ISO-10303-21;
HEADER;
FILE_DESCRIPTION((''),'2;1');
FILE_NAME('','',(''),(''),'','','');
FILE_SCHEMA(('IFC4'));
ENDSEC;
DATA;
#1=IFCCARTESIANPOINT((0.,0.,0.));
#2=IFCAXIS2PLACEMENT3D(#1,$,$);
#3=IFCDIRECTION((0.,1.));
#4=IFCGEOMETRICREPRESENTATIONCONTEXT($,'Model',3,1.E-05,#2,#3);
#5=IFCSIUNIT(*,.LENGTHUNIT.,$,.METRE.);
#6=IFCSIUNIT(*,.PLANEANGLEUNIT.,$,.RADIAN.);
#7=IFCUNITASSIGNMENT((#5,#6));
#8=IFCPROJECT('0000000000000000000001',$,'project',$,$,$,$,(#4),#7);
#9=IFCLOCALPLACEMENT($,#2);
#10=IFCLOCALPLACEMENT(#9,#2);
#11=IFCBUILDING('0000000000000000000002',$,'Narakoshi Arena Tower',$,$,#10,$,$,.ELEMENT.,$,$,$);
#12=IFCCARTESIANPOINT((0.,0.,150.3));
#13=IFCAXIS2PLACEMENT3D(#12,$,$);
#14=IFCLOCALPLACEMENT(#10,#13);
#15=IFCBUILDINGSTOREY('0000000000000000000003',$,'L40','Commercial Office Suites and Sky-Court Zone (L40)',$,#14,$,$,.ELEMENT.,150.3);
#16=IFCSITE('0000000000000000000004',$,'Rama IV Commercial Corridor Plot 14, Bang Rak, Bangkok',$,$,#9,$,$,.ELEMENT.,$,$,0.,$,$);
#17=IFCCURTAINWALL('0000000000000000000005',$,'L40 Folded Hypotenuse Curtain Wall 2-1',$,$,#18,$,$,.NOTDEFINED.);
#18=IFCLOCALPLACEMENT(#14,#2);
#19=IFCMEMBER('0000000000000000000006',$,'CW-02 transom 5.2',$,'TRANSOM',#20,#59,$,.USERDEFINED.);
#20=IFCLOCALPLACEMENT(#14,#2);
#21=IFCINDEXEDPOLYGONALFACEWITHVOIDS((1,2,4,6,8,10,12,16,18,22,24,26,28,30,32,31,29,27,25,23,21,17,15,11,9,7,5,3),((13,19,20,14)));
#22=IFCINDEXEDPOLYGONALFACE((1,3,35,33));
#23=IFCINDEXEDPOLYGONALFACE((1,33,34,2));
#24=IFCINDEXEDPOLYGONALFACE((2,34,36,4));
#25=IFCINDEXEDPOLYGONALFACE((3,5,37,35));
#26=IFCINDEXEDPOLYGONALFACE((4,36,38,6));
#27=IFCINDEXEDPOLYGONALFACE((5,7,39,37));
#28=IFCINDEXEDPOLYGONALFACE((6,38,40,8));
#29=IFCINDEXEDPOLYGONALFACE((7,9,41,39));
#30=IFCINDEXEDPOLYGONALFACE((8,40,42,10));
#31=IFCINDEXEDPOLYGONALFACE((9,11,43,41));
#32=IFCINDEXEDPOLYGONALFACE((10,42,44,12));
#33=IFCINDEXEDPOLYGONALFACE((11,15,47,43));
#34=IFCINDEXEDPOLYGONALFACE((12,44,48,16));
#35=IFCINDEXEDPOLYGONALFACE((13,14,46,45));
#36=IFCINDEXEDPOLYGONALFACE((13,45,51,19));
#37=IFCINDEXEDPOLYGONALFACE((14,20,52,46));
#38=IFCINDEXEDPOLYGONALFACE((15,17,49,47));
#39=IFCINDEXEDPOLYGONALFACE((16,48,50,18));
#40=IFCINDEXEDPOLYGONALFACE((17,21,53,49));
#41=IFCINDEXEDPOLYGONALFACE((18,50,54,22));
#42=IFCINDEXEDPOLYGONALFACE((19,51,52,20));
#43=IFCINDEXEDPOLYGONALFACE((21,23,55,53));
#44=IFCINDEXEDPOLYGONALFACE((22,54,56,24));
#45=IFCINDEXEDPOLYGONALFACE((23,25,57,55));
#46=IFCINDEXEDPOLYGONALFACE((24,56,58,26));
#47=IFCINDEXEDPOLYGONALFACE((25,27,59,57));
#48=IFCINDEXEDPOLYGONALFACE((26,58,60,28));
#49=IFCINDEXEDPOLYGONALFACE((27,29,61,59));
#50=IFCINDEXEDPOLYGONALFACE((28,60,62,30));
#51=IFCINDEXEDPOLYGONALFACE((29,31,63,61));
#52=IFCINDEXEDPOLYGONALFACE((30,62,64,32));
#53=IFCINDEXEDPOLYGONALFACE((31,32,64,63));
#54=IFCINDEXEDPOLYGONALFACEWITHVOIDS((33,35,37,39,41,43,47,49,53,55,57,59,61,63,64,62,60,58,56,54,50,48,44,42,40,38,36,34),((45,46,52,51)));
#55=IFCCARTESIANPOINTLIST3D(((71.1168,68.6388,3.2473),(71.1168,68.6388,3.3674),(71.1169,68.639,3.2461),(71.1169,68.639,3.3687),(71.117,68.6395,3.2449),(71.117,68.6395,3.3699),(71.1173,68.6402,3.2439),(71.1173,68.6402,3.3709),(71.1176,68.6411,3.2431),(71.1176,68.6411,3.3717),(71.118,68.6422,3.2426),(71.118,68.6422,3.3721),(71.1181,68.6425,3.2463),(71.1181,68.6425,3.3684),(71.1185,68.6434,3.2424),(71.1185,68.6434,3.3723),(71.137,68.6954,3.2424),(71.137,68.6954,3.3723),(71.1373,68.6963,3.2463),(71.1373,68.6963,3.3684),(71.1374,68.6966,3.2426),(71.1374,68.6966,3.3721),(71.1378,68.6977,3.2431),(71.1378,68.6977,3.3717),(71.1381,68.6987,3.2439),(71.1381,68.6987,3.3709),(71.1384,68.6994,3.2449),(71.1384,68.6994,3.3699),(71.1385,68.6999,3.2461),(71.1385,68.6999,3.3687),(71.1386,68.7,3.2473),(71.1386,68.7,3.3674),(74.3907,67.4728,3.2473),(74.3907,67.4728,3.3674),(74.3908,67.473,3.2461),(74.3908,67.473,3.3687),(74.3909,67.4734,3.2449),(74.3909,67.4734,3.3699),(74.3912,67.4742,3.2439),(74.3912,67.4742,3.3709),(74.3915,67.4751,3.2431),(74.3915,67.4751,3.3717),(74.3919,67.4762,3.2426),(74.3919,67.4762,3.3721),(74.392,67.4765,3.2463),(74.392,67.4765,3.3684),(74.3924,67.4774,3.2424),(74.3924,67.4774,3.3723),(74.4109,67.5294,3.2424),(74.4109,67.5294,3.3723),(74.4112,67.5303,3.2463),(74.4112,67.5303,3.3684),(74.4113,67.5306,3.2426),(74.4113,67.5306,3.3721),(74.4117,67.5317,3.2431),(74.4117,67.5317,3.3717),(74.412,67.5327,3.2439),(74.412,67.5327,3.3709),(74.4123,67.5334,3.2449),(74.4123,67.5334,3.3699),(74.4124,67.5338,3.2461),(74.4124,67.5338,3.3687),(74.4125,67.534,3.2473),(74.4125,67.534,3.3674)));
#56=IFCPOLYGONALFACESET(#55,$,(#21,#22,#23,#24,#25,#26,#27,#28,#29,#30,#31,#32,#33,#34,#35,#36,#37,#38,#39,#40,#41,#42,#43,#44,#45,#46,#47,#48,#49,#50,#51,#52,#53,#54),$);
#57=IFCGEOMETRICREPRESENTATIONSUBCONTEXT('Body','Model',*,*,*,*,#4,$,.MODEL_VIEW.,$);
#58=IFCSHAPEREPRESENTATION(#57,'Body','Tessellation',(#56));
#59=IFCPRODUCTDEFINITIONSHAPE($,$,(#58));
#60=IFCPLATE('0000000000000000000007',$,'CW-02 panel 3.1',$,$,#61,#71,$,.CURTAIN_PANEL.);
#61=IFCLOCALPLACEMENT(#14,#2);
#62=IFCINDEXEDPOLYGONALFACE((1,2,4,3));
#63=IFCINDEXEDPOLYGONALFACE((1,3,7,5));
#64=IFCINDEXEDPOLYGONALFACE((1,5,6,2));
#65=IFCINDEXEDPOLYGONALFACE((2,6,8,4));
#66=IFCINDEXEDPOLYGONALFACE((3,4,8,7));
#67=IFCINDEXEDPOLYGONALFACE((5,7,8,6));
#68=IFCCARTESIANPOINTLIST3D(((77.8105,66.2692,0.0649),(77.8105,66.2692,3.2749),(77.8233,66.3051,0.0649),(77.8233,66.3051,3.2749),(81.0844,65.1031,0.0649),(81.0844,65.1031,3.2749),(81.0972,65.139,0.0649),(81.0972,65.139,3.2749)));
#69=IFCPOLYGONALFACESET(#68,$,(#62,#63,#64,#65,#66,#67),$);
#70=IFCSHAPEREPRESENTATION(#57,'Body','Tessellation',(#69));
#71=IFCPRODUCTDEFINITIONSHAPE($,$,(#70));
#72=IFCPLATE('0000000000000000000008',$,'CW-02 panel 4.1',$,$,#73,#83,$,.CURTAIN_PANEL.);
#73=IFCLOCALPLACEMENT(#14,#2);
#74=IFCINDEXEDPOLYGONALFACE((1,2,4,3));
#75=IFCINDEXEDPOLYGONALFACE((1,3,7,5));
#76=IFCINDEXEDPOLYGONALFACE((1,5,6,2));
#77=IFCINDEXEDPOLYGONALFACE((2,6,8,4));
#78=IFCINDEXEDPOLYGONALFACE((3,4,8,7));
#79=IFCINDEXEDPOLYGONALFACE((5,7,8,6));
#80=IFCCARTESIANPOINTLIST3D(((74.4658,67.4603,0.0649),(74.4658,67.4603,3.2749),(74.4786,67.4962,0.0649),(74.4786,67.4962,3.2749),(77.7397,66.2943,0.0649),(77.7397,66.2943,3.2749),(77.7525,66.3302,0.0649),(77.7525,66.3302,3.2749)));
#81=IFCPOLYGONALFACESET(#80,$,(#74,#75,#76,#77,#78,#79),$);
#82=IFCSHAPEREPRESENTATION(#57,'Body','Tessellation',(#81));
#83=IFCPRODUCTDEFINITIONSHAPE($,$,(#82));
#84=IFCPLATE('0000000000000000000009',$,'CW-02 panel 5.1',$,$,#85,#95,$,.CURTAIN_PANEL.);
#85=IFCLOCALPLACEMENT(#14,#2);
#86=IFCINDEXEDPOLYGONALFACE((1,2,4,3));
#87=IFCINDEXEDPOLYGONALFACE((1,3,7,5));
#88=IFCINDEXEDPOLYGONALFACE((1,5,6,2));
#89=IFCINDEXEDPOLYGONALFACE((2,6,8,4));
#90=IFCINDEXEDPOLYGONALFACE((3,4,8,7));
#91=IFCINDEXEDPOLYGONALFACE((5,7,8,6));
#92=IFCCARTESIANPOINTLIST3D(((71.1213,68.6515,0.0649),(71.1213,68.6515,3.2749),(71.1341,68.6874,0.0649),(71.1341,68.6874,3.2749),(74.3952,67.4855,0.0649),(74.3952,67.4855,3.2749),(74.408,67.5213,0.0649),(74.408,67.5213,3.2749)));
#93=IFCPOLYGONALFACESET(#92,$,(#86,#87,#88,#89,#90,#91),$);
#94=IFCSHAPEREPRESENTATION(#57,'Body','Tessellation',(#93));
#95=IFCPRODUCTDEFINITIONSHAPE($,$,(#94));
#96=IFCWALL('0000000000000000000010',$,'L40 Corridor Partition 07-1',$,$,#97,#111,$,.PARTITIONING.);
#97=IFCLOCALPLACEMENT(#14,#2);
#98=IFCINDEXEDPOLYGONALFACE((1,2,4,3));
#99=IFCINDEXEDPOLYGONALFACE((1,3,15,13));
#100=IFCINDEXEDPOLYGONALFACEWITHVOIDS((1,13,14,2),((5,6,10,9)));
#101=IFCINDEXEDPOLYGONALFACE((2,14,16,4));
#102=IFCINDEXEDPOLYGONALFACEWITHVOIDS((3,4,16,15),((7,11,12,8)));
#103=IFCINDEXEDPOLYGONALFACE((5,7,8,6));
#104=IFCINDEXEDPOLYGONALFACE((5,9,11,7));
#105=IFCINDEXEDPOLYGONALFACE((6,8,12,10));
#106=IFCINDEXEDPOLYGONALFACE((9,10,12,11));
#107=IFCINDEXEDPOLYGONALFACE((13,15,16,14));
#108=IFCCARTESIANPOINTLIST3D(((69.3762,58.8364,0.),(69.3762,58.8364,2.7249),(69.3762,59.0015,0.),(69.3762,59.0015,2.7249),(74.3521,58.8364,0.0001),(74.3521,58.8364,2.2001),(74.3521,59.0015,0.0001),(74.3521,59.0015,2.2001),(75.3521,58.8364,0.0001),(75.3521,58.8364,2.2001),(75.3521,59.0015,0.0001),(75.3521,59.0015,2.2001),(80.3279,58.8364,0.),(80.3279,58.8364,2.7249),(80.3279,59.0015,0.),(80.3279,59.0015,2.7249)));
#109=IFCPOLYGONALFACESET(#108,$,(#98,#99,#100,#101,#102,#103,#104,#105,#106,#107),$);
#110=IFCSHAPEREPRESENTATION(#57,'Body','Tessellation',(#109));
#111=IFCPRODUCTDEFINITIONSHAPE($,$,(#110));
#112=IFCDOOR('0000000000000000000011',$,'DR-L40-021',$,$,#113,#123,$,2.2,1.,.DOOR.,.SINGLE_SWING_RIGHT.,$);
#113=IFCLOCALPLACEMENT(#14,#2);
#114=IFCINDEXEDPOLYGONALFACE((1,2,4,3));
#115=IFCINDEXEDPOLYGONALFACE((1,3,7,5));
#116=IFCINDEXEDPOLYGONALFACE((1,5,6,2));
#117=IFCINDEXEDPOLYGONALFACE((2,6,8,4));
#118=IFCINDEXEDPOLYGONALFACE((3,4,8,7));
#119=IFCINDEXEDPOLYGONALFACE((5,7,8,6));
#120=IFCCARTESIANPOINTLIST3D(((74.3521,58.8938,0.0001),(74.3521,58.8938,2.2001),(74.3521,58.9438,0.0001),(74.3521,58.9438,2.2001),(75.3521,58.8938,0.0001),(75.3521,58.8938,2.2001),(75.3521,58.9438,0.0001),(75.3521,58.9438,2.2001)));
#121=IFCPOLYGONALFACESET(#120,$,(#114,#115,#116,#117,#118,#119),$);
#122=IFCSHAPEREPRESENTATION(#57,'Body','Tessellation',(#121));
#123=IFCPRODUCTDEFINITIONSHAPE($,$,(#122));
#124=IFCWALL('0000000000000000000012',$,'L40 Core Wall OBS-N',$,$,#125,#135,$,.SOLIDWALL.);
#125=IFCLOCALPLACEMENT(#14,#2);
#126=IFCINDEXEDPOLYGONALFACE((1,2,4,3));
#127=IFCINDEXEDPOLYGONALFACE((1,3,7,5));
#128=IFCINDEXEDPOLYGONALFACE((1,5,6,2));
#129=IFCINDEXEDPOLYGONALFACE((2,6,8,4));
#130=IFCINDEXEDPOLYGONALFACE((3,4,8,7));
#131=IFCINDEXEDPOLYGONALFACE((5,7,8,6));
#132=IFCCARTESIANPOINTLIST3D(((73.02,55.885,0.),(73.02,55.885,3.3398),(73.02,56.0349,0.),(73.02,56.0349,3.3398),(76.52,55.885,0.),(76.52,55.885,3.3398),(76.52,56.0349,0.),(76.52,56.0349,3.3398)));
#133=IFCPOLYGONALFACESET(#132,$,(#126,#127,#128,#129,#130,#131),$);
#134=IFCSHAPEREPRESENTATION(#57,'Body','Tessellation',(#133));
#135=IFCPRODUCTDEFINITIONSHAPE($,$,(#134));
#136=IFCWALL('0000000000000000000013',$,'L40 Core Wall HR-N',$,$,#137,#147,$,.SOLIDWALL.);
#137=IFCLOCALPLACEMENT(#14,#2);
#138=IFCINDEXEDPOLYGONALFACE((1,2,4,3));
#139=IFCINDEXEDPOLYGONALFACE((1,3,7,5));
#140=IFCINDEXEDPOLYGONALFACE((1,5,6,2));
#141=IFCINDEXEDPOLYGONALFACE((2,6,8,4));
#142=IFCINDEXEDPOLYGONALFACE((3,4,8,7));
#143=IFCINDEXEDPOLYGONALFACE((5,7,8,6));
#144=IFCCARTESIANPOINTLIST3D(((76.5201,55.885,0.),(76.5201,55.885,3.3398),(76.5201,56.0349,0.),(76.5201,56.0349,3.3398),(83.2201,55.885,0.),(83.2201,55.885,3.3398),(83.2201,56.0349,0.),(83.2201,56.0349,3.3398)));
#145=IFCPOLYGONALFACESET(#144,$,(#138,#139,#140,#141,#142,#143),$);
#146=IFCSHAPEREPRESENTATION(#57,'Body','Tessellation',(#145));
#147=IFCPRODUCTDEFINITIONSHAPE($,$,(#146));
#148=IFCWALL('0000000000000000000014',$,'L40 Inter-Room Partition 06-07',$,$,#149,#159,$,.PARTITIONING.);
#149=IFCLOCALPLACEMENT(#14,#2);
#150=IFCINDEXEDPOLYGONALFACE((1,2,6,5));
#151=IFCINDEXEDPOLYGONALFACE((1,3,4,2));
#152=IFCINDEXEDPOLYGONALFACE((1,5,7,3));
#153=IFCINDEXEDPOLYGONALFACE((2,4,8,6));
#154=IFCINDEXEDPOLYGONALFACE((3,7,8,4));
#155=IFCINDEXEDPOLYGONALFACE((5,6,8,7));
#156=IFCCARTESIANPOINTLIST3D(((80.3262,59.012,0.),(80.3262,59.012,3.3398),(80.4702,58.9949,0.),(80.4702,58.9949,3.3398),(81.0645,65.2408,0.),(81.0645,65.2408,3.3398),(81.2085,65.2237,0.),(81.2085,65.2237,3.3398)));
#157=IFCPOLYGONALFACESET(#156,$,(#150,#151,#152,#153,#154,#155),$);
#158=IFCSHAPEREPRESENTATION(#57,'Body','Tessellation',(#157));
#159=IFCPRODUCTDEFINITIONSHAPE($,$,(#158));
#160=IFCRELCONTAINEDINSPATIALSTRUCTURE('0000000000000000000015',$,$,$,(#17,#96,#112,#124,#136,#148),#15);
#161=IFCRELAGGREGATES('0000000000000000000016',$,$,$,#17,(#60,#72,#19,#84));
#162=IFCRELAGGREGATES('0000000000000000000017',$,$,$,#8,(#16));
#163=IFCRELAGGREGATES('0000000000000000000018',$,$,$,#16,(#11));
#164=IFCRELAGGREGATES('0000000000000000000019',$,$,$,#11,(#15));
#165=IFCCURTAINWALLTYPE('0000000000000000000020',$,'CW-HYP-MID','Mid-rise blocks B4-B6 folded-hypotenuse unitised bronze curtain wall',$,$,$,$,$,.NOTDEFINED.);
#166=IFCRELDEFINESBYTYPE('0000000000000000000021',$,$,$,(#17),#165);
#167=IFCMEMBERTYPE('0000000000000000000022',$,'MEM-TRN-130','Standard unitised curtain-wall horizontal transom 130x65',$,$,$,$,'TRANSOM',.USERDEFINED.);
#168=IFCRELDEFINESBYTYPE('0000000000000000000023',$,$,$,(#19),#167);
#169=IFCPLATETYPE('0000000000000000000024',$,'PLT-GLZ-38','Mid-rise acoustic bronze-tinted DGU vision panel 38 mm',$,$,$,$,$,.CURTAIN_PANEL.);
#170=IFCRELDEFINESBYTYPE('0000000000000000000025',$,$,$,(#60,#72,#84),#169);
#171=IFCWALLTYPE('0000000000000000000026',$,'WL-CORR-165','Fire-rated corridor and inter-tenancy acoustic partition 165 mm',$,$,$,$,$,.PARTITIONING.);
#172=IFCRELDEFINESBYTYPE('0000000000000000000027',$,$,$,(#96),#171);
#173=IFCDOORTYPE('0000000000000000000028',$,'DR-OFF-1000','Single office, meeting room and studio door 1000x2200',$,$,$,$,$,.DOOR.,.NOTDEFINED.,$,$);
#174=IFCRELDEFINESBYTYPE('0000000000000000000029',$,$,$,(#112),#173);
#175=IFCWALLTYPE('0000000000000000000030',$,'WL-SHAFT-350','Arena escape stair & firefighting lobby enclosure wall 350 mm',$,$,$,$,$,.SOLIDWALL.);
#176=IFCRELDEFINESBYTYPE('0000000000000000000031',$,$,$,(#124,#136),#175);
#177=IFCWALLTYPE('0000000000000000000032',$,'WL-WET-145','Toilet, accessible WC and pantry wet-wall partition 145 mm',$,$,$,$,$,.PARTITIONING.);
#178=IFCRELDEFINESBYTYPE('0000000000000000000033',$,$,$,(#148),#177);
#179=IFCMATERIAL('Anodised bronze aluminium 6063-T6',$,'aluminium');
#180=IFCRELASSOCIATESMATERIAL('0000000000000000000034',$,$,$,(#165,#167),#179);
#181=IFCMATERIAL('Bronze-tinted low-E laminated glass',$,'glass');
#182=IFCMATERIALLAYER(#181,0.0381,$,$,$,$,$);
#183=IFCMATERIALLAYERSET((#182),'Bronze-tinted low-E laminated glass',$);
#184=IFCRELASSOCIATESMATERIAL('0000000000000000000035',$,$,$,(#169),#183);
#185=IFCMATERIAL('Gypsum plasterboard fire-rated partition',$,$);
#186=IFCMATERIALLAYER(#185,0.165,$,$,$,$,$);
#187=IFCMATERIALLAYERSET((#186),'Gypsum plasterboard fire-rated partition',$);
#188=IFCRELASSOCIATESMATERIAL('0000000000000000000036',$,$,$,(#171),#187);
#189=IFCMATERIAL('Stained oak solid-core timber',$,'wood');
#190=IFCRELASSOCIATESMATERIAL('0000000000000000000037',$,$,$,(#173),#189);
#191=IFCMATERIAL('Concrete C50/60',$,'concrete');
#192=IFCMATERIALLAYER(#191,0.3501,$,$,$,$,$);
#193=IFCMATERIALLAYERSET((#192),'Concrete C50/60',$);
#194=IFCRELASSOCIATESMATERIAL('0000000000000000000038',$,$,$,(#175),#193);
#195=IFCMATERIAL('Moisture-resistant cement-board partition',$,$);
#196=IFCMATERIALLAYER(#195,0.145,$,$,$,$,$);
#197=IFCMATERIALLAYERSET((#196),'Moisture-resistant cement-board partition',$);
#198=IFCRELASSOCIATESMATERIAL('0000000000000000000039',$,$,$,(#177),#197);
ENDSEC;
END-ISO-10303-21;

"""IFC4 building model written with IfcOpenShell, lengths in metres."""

from ifc_helpers import new_model, si_unit, direction, frame, frame_2d, origin, origin_2d, place, context, subcontext, project, spatial, rectangle, hollow_rectangle, extrude, material, layer, layer_set, material_profile, profile_set, type_object, element, fill, aggregate, save


model = new_model("IFC4")

# Units and contexts
model_context = context("Model", 3, precision=1e-05, world=origin(), true_north=direction((0.0, 1.0)))
body_context = subcontext(model_context, "Body", "Model", "MODEL_VIEW")
ifc_project = project(units=[si_unit("LENGTHUNIT", "METRE"), si_unit("PLANEANGLEUNIT", "RADIAN")], contexts=[model_context])

# Site, building, storey
site_placement = place(None, origin())
site = spatial("IfcSite", under=ifc_project, at=site_placement, Name="Rama IV Commercial Corridor Plot 14, Bang Rak, Bangkok", CompositionType="ELEMENT", RefElevation=0.0)
building_placement = place(site_placement, origin())
building = spatial("IfcBuilding", under=site, at=building_placement, Name="Narakoshi Arena Tower", CompositionType="ELEMENT")
storey_placement = place(building_placement, frame((0.0, 0.0, 150.3)))
storey = spatial("IfcBuildingStorey", under=building, at=storey_placement, Name="L40", Description="Commercial Office Suites and Sky-Court Zone (L40)", CompositionType="ELEMENT", Elevation=150.3)

# Curtain wall, member, plates
ifc_material_1 = material(Name="Anodised bronze aluminium 6063-T6", Category="aluminium")
curtain_wall_type = type_object("IfcCurtainWallType", Name="CW-HYP-MID", Description="Mid-rise blocks B4-B6 folded-hypotenuse unitised bronze curtain wall", PredefinedType="NOTDEFINED", material=ifc_material_1)
curtain_wall_placement = place(storey_placement, origin())
curtain_wall = element("IfcCurtainWall", 1, at=curtain_wall_placement, inside=storey, type_object=curtain_wall_type, Name="L40 Folded Hypotenuse Curtain Wall 2-1", PredefinedType="NOTDEFINED")
ifc_material_profile_1 = material_profile(ifc_material_1, hollow_rectangle(XDim=0.0649, YDim=0.1299, WallThickness=0.0039, OuterFilletRadius=0.0049, at=origin_2d()), Name="TRN130x65x4")
ifc_profile_set_1 = profile_set([ifc_material_profile_1], Name="Anodised bronze aluminium 6063-T6")
member_type_1 = type_object("IfcMemberType", Name="MEM-TRN-130", Description="Standard unitised curtain-wall horizontal transom 130x65", ElementType="TRANSOM", PredefinedType="USERDEFINED", material=ifc_profile_set_1)
member_1_placement = place(storey_placement, frame((74.4016, 67.5034, 3.3074), z_axis=(-0.942037, 0.335509, 0.0), x_axis=(-0.335509, -0.942037, 0.0)))
member_1 = element("IfcMember", 2, at=member_1_placement, type_object=member_type_1, Name="CW-02 transom 5.2", ObjectType="TRANSOM", PredefinedType="USERDEFINED", context=body_context, shape_type="SweptSolid", body=[
    extrude(hollow_rectangle(XDim=0.0649, YDim=0.1299, WallThickness=0.0039, OuterFilletRadius=0.0049, at=origin_2d()), origin(), (0.0, 0.0, 1.0), 3.4753),
])
ifc_material_2 = material(Name="Bronze-tinted low-E laminated glass", Category="glass")
ifc_layer_1 = layer(ifc_material_2, 0.0381)
ifc_layer_set_1 = layer_set([ifc_layer_1], Name="Bronze-tinted low-E laminated glass")
plate_type = type_object("IfcPlateType", Name="PLT-GLZ-38", Description="Mid-rise acoustic bronze-tinted DGU vision panel 38 mm", PredefinedType="CURTAIN_PANEL", material=ifc_layer_set_1)
plate_1_placement = place(storey_placement, frame((79.4539, 65.7041, 0.0649), z_axis=(0.0, 0.0, 1.0), x_axis=(-0.942034, 0.335518, 0.0)))
plate_1 = element("IfcPlate", 3, at=plate_1_placement, type_object=plate_type, Name="CW-02 panel 3.1", PredefinedType="CURTAIN_PANEL", context=body_context, shape_type="SweptSolid", body=[
    extrude(rectangle(XDim=3.4753, YDim=0.0381, at=origin_2d()), origin(), (0.0, 0.0, 1.0), 3.21),
])
plate_2_placement = place(storey_placement, frame((76.1091, 66.8953, 0.0649), z_axis=(0.0, 0.0, 1.0), x_axis=(-0.942034, 0.335518, 0.0)))
plate_2 = element("IfcPlate", 4, at=plate_2_placement, type_object=plate_type, Name="CW-02 panel 4.1", PredefinedType="CURTAIN_PANEL", context=body_context, shape_type="SweptSolid", body=[
    extrude(rectangle(XDim=3.4753, YDim=0.0381, at=origin_2d()), origin(), (0.0, 0.0, 1.0), 3.21),
])
plate_3_placement = place(storey_placement, frame((72.7646, 68.0864, 0.0649), z_axis=(0.0, 0.0, 1.0), x_axis=(-0.942034, 0.335518, 0.0)))
plate_3 = element("IfcPlate", 5, at=plate_3_placement, type_object=plate_type, Name="CW-02 panel 5.1", PredefinedType="CURTAIN_PANEL", context=body_context, shape_type="SweptSolid", body=[
    extrude(rectangle(XDim=3.4753, YDim=0.0381, at=origin_2d()), origin(), (0.0, 0.0, 1.0), 3.21),
])
aggregate(curtain_wall, [plate_1, plate_2, member_1, plate_3])

# Wall, opening, door
ifc_material_3 = material(Name="Gypsum plasterboard fire-rated partition")
ifc_layer_2 = layer(ifc_material_3, 0.165)
ifc_layer_set_2 = layer_set([ifc_layer_2], Name="Gypsum plasterboard fire-rated partition")
wall_type_1 = type_object("IfcWallType", Name="WL-CORR-165", Description="Fire-rated corridor and inter-tenancy acoustic partition 165 mm", PredefinedType="PARTITIONING", material=ifc_layer_set_2)
wall_1_placement = place(storey_placement, frame((80.3279, 58.9189, 0.0), z_axis=(0.0, 0.0, 1.0), x_axis=(-1.0, 0.0, 0.0)))
wall_1 = element("IfcWall", 6, at=wall_1_placement, inside=storey, type_object=wall_type_1, Name="L40 Corridor Partition 07-1", PredefinedType="PARTITIONING", context=body_context, shape_type="SweptSolid", body=[
    extrude(rectangle(XDim=10.9517, YDim=0.165, at=frame_2d((5.4758, 0.0))), origin(), (0.0, 0.0, 1.0), 2.7249),
])
opening_placement = place(wall_1_placement, frame((4.9758, 0.0, 0.0)))
opening = element("IfcOpeningElement", 7, at=opening_placement, cuts=wall_1, PredefinedType="OPENING", context=body_context, shape_type="SweptSolid", body=[
    extrude(rectangle(XDim=1.0, YDim=2.2, at=frame_2d((0.5, 1.1001))), frame((0.0, 0.0925, 0.0), z_axis=(0.0, -1.0, 0.0), x_axis=(1.0, 0.0, 0.0)), (0.0, 0.0, 1.0), 0.1851),
])
ifc_material_4 = material(Name="Stained oak solid-core timber", Category="wood")
door_type = type_object("IfcDoorType", Name="DR-OFF-1000", Description="Single office, meeting room and studio door 1000x2200", OperationType="NOTDEFINED", PredefinedType="DOOR", material=ifc_material_4)
door_placement = place(opening_placement, frame((1.0, 0.0, 0.0), z_axis=(0.0, 0.0, 1.0), x_axis=(-1.0, 0.0, 0.0)))
door = element("IfcDoor", 8, at=door_placement, inside=storey, type_object=door_type, Name="DR-L40-021", OperationType="SINGLE_SWING_RIGHT", OverallHeight=2.2, OverallWidth=1.0, PredefinedType="DOOR", context=body_context, shape_type="SweptSolid", body=[
    extrude(rectangle(XDim=1.0, YDim=2.2, at=frame_2d((0.5, 1.1001))), frame((0.0, 0.0249, 0.0), z_axis=(0.0, -1.0, 0.0), x_axis=(1.0, 0.0, 0.0)), (0.0, 0.0, 1.0), 0.05),
])
fill(opening, door)

# Walls
ifc_material_5 = material(Name="Concrete C50/60", Category="concrete")
ifc_layer_3 = layer(ifc_material_5, 0.3501)
ifc_layer_set_3 = layer_set([ifc_layer_3], Name="Concrete C50/60")
wall_type_2 = type_object("IfcWallType", Name="WL-SHAFT-350", Description="Arena escape stair & firefighting lobby enclosure wall 350 mm", PredefinedType="SOLIDWALL", material=ifc_layer_set_3)
wall_2_placement = place(storey_placement, frame((73.02, 55.96, 0.0), z_axis=(0.0, 0.0, 1.0), x_axis=(1.0, 0.0, 0.0)))
element("IfcWall", 9, at=wall_2_placement, inside=storey, type_object=wall_type_2, Name="L40 Core Wall OBS-N", PredefinedType="SOLIDWALL", context=body_context, shape_type="SweptSolid", body=[
    extrude(rectangle(XDim=3.5, YDim=0.1499, at=frame_2d((1.75, 0.0))), origin(), (0.0, 0.0, 1.0), 3.3398),
])
wall_3_placement = place(storey_placement, frame((76.52, 55.96, 0.0), z_axis=(0.0, 0.0, 1.0), x_axis=(1.0, 0.0, 0.0)))
element("IfcWall", 10, at=wall_3_placement, inside=storey, type_object=wall_type_2, Name="L40 Core Wall HR-N", PredefinedType="SOLIDWALL", context=body_context, shape_type="SweptSolid", body=[
    extrude(rectangle(XDim=6.7, YDim=0.1499, at=frame_2d((3.3501, 0.0))), origin(), (0.0, 0.0, 1.0), 3.3398),
])
ifc_material_6 = material(Name="Moisture-resistant cement-board partition")
ifc_layer_4 = layer(ifc_material_6, 0.145)
ifc_layer_set_4 = layer_set([ifc_layer_4], Name="Moisture-resistant cement-board partition")
wall_type_3 = type_object("IfcWallType", Name="WL-WET-145", Description="Toilet, accessible WC and pantry wet-wall partition 145 mm", PredefinedType="PARTITIONING", material=ifc_layer_set_4)
wall_4_placement = place(storey_placement, frame((80.3982, 59.0034, 0.0), z_axis=(0.0, 0.0, 1.0), x_axis=(0.117704, 0.993049, 0.0)))
element("IfcWall", 11, at=wall_4_placement, inside=storey, type_object=wall_type_3, Name="L40 Inter-Room Partition 06-07", PredefinedType="PARTITIONING", context=body_context, shape_type="SweptSolid", body=[
    extrude(rectangle(XDim=6.2725, YDim=0.145, at=frame_2d((3.1362, 0.0))), origin(), (0.0, 0.0, 1.0), 3.3398),
])

save(model, "model.ifc")
